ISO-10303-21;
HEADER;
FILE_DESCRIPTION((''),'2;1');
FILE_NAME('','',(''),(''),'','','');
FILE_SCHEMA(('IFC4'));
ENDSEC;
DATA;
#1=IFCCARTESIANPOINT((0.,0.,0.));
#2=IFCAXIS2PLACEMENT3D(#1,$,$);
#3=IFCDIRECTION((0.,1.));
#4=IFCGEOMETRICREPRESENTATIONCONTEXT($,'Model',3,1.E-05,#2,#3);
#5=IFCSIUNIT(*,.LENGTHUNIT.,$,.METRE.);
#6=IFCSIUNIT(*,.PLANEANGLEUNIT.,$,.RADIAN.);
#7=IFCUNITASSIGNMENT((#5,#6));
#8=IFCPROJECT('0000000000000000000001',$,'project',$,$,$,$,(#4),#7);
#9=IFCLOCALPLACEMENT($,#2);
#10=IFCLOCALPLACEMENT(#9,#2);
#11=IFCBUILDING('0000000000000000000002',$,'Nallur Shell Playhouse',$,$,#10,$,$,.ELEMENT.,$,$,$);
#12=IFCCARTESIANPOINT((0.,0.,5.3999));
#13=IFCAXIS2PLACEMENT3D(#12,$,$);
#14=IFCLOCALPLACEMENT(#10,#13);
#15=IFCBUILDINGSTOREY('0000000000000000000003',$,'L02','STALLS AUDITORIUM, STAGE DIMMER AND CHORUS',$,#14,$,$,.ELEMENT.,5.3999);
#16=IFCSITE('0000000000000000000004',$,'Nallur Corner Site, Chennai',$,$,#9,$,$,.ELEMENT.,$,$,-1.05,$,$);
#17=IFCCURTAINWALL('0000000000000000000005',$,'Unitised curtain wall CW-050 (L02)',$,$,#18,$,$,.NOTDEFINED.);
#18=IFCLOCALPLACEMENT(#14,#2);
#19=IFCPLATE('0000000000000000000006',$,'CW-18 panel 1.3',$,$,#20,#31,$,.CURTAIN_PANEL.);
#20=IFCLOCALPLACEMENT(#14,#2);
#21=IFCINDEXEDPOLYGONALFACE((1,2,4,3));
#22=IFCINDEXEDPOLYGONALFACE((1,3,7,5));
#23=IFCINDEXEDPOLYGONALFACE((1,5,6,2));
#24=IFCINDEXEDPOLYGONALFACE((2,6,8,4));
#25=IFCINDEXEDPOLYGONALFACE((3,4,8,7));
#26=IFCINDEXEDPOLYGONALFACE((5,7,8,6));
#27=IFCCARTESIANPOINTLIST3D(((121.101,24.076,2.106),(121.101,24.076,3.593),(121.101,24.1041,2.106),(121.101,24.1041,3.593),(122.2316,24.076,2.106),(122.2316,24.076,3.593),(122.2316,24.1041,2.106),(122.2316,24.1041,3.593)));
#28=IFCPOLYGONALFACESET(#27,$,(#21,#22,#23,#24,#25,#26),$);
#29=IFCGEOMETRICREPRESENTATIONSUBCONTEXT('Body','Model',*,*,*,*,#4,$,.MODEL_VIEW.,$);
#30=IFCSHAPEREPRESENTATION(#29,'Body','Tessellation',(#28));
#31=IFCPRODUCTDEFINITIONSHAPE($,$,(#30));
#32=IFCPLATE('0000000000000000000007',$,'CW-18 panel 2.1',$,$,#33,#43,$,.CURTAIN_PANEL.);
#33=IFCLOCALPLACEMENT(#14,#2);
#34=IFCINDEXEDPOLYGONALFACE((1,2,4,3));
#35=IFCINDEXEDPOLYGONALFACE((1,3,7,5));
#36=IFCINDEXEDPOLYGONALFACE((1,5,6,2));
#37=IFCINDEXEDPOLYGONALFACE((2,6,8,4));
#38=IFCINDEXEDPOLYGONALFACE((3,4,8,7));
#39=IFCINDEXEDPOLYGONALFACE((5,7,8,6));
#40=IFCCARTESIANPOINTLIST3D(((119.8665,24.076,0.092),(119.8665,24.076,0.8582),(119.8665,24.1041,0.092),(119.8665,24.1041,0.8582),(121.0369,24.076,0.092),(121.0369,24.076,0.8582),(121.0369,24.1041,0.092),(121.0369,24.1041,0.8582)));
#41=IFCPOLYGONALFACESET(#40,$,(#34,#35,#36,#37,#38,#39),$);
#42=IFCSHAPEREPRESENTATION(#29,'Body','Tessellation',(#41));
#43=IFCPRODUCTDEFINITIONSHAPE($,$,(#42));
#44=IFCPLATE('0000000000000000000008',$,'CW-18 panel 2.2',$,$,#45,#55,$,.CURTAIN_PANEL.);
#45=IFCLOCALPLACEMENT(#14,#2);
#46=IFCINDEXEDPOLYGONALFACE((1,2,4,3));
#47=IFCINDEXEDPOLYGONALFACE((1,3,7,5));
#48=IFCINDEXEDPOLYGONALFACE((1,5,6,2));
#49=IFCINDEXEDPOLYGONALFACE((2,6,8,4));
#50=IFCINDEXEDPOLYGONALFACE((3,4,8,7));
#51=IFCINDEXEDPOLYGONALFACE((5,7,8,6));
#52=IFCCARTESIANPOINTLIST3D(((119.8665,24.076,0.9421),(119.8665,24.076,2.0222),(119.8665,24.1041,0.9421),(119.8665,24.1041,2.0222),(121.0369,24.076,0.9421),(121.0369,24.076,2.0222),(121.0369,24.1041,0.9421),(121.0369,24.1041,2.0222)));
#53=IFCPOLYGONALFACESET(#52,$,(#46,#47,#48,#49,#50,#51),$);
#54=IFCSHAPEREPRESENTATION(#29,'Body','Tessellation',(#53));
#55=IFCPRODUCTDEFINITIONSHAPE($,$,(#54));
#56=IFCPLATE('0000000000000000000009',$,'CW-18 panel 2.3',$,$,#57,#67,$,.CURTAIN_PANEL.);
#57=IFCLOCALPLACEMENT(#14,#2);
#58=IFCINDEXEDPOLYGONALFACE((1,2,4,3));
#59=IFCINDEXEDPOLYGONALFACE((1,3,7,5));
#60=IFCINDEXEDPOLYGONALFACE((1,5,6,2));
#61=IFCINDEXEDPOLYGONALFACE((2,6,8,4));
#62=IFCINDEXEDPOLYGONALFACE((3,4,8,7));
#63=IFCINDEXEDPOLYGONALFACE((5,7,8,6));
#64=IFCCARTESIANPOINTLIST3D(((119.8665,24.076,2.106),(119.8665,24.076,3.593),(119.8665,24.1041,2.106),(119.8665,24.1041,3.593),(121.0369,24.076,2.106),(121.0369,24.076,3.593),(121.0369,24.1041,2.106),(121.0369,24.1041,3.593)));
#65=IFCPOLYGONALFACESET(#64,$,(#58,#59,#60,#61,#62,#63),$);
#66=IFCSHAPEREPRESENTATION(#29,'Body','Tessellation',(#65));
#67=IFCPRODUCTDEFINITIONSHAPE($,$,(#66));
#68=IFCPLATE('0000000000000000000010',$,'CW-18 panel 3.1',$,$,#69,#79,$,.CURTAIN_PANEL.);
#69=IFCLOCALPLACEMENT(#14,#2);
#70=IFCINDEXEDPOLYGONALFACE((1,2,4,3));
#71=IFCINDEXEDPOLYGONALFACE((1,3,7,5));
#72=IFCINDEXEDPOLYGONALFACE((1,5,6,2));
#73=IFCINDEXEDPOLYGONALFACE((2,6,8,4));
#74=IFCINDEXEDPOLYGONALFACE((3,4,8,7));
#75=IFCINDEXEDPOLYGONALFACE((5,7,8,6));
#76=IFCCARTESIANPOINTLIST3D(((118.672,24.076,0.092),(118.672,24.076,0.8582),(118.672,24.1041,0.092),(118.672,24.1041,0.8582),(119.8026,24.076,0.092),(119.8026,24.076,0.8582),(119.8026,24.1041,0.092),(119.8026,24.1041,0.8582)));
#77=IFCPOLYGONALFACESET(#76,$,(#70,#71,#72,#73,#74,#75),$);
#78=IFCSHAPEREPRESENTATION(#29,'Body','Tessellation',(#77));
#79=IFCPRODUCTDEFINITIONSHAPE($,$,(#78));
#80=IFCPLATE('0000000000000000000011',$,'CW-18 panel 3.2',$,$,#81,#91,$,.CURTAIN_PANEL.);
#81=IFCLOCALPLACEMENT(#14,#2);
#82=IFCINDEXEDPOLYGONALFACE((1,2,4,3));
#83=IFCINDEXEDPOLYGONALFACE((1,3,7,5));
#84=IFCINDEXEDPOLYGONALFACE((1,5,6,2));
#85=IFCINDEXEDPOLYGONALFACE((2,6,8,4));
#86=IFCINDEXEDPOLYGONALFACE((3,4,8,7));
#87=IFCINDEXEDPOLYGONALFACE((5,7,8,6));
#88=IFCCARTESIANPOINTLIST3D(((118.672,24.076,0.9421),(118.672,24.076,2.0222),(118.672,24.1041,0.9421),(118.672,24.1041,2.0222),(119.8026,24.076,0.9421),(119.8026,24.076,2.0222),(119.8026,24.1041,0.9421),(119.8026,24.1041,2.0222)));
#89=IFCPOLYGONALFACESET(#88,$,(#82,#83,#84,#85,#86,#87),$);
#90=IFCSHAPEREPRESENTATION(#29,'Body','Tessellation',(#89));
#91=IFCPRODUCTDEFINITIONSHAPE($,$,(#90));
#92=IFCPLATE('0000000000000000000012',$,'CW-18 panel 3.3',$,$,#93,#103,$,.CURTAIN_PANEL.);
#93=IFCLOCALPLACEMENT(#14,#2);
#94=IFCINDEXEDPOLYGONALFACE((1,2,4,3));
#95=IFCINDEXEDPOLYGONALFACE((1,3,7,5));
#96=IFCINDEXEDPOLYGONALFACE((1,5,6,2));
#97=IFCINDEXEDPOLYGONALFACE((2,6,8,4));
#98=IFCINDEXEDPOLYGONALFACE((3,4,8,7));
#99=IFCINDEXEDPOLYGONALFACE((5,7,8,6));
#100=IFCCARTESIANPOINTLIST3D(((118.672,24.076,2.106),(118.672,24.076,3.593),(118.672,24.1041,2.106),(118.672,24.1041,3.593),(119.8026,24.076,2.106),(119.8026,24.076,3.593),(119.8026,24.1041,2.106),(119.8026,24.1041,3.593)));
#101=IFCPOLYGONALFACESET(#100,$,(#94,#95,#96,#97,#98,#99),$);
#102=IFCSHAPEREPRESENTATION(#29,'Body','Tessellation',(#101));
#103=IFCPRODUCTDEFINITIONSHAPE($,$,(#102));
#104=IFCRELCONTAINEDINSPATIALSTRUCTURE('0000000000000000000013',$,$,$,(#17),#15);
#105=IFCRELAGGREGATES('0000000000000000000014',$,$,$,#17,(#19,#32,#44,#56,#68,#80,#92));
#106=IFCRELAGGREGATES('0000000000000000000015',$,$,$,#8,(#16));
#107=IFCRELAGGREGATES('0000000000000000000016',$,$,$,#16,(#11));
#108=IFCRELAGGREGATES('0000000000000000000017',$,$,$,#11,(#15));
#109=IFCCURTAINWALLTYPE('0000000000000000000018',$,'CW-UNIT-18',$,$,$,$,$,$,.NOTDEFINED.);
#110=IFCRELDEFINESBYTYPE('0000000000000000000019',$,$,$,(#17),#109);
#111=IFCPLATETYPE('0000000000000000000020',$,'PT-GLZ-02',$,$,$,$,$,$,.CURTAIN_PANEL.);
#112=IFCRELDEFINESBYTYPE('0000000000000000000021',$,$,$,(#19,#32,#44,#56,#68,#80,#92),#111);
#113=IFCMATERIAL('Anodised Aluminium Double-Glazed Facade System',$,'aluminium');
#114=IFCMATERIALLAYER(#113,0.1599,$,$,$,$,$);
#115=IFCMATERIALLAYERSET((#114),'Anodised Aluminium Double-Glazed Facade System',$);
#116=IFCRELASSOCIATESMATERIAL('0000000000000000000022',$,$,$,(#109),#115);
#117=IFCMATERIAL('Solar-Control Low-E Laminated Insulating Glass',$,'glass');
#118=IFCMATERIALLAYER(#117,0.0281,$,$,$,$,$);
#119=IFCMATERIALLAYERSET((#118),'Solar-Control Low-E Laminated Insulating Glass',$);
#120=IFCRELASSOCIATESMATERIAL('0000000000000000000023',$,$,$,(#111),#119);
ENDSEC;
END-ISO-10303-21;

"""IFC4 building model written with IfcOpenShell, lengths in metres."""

from ifc_helpers import new_model, si_unit, direction, frame, origin, origin_2d, place, context, subcontext, project, spatial, rectangle, extrude, material, layer, layer_set, type_object, element, aggregate, save


model = new_model("IFC4")

# Units and contexts
model_context = context("Model", 3, precision=1e-05, world=origin(), true_north=direction((0.0, 1.0)))
body_context = subcontext(model_context, "Body", "Model", "MODEL_VIEW")
ifc_project = project(units=[si_unit("LENGTHUNIT", "METRE"), si_unit("PLANEANGLEUNIT", "RADIAN")], contexts=[model_context])

# Site, building, storey
site_placement = place(None, origin())
site = spatial("IfcSite", under=ifc_project, at=site_placement, Name="Nallur Corner Site, Chennai", CompositionType="ELEMENT", RefElevation=-1.05)
building_placement = place(site_placement, origin())
building = spatial("IfcBuilding", under=site, at=building_placement, Name="Nallur Shell Playhouse", CompositionType="ELEMENT")
storey_placement = place(building_placement, frame((0.0, 0.0, 5.3999)))
storey = spatial("IfcBuildingStorey", under=building, at=storey_placement, Name="L02", Description="STALLS AUDITORIUM, STAGE DIMMER AND CHORUS", CompositionType="ELEMENT", Elevation=5.3999)

# Curtain wall
ifc_material_1 = material(Name="Anodised Aluminium Double-Glazed Facade System", Category="aluminium")
ifc_layer_1 = layer(ifc_material_1, 0.1599)
ifc_layer_set_1 = layer_set([ifc_layer_1], Name="Anodised Aluminium Double-Glazed Facade System")
curtain_wall_type_1 = type_object("IfcCurtainWallType", Name="CW-UNIT-18", PredefinedType="NOTDEFINED", material=ifc_layer_set_1)
curtain_wall_1_placement = place(storey_placement, origin())
curtain_wall_1 = element("IfcCurtainWall", 1, at=curtain_wall_1_placement, inside=storey, type_object=curtain_wall_type_1, Name="Unitised curtain wall CW-050 (L02)", PredefinedType="NOTDEFINED")

# Plates
ifc_material_2 = material(Name="Solar-Control Low-E Laminated Insulating Glass", Category="glass")
ifc_layer_2 = layer(ifc_material_2, 0.0281)
ifc_layer_set_2 = layer_set([ifc_layer_2], Name="Solar-Control Low-E Laminated Insulating Glass")
plate_type_1 = type_object("IfcPlateType", Name="PT-GLZ-02", PredefinedType="CURTAIN_PANEL", material=ifc_layer_set_2)
plate_1_placement = place(storey_placement, frame((121.6663, 24.0901, 2.106), z_axis=(0.0, 0.0, 1.0), x_axis=(-1.0, 0.0, 0.0)))
plate_1 = element("IfcPlate", 2, at=plate_1_placement, type_object=plate_type_1, Name="CW-18 panel 1.3", PredefinedType="CURTAIN_PANEL", context=body_context, shape_type="SweptSolid", body=[
    extrude(rectangle(XDim=1.1306, YDim=0.0281, at=origin_2d()), origin(), (0.0, 0.0, 1.0), 1.4871),
])
plate_2_placement = place(storey_placement, frame((120.4517, 24.0901, 0.092), z_axis=(0.0, 0.0, 1.0), x_axis=(-1.0, 0.0, 0.0)))
plate_2 = element("IfcPlate", 3, at=plate_2_placement, type_object=plate_type_1, Name="CW-18 panel 2.1", PredefinedType="CURTAIN_PANEL", context=body_context, shape_type="SweptSolid", body=[
    extrude(rectangle(XDim=1.1704, YDim=0.0281, at=origin_2d()), origin(), (0.0, 0.0, 1.0), 0.7661),
])
plate_3_placement = place(storey_placement, frame((120.4517, 24.0901, 0.9421), z_axis=(0.0, 0.0, 1.0), x_axis=(-1.0, 0.0, 0.0)))
plate_3 = element("IfcPlate", 4, at=plate_3_placement, type_object=plate_type_1, Name="CW-18 panel 2.2", PredefinedType="CURTAIN_PANEL", context=body_context, shape_type="SweptSolid", body=[
    extrude(rectangle(XDim=1.1704, YDim=0.0281, at=origin_2d()), origin(), (0.0, 0.0, 1.0), 1.0801),
])
plate_4_placement = place(storey_placement, frame((120.4517, 24.0901, 2.106), z_axis=(0.0, 0.0, 1.0), x_axis=(-1.0, 0.0, 0.0)))
plate_4 = element("IfcPlate", 5, at=plate_4_placement, type_object=plate_type_1, Name="CW-18 panel 2.3", PredefinedType="CURTAIN_PANEL", context=body_context, shape_type="SweptSolid", body=[
    extrude(rectangle(XDim=1.1704, YDim=0.0281, at=origin_2d()), origin(), (0.0, 0.0, 1.0), 1.4871),
])
plate_5_placement = place(storey_placement, frame((119.2373, 24.0901, 0.092), z_axis=(0.0, 0.0, 1.0), x_axis=(-1.0, 0.0, 0.0)))
plate_5 = element("IfcPlate", 6, at=plate_5_placement, type_object=plate_type_1, Name="CW-18 panel 3.1", PredefinedType="CURTAIN_PANEL", context=body_context, shape_type="SweptSolid", body=[
    extrude(rectangle(XDim=1.1306, YDim=0.0281, at=origin_2d()), origin(), (0.0, 0.0, 1.0), 0.7661),
])
plate_6_placement = place(storey_placement, frame((119.2373, 24.0901, 0.9421), z_axis=(0.0, 0.0, 1.0), x_axis=(-1.0, 0.0, 0.0)))
plate_6 = element("IfcPlate", 7, at=plate_6_placement, type_object=plate_type_1, Name="CW-18 panel 3.2", PredefinedType="CURTAIN_PANEL", context=body_context, shape_type="SweptSolid", body=[
    extrude(rectangle(XDim=1.1306, YDim=0.0281, at=origin_2d()), origin(), (0.0, 0.0, 1.0), 1.0801),
])
plate_7_placement = place(storey_placement, frame((119.2373, 24.0901, 2.106), z_axis=(0.0, 0.0, 1.0), x_axis=(-1.0, 0.0, 0.0)))
plate_7 = element("IfcPlate", 8, at=plate_7_placement, type_object=plate_type_1, Name="CW-18 panel 3.3", PredefinedType="CURTAIN_PANEL", context=body_context, shape_type="SweptSolid", body=[
    extrude(rectangle(XDim=1.1306, YDim=0.0281, at=origin_2d()), origin(), (0.0, 0.0, 1.0), 1.4871),
])
aggregate(curtain_wall_1, [plate_1, plate_2, plate_3, plate_4, plate_5, plate_6, plate_7])

save(model, "model.ifc")
